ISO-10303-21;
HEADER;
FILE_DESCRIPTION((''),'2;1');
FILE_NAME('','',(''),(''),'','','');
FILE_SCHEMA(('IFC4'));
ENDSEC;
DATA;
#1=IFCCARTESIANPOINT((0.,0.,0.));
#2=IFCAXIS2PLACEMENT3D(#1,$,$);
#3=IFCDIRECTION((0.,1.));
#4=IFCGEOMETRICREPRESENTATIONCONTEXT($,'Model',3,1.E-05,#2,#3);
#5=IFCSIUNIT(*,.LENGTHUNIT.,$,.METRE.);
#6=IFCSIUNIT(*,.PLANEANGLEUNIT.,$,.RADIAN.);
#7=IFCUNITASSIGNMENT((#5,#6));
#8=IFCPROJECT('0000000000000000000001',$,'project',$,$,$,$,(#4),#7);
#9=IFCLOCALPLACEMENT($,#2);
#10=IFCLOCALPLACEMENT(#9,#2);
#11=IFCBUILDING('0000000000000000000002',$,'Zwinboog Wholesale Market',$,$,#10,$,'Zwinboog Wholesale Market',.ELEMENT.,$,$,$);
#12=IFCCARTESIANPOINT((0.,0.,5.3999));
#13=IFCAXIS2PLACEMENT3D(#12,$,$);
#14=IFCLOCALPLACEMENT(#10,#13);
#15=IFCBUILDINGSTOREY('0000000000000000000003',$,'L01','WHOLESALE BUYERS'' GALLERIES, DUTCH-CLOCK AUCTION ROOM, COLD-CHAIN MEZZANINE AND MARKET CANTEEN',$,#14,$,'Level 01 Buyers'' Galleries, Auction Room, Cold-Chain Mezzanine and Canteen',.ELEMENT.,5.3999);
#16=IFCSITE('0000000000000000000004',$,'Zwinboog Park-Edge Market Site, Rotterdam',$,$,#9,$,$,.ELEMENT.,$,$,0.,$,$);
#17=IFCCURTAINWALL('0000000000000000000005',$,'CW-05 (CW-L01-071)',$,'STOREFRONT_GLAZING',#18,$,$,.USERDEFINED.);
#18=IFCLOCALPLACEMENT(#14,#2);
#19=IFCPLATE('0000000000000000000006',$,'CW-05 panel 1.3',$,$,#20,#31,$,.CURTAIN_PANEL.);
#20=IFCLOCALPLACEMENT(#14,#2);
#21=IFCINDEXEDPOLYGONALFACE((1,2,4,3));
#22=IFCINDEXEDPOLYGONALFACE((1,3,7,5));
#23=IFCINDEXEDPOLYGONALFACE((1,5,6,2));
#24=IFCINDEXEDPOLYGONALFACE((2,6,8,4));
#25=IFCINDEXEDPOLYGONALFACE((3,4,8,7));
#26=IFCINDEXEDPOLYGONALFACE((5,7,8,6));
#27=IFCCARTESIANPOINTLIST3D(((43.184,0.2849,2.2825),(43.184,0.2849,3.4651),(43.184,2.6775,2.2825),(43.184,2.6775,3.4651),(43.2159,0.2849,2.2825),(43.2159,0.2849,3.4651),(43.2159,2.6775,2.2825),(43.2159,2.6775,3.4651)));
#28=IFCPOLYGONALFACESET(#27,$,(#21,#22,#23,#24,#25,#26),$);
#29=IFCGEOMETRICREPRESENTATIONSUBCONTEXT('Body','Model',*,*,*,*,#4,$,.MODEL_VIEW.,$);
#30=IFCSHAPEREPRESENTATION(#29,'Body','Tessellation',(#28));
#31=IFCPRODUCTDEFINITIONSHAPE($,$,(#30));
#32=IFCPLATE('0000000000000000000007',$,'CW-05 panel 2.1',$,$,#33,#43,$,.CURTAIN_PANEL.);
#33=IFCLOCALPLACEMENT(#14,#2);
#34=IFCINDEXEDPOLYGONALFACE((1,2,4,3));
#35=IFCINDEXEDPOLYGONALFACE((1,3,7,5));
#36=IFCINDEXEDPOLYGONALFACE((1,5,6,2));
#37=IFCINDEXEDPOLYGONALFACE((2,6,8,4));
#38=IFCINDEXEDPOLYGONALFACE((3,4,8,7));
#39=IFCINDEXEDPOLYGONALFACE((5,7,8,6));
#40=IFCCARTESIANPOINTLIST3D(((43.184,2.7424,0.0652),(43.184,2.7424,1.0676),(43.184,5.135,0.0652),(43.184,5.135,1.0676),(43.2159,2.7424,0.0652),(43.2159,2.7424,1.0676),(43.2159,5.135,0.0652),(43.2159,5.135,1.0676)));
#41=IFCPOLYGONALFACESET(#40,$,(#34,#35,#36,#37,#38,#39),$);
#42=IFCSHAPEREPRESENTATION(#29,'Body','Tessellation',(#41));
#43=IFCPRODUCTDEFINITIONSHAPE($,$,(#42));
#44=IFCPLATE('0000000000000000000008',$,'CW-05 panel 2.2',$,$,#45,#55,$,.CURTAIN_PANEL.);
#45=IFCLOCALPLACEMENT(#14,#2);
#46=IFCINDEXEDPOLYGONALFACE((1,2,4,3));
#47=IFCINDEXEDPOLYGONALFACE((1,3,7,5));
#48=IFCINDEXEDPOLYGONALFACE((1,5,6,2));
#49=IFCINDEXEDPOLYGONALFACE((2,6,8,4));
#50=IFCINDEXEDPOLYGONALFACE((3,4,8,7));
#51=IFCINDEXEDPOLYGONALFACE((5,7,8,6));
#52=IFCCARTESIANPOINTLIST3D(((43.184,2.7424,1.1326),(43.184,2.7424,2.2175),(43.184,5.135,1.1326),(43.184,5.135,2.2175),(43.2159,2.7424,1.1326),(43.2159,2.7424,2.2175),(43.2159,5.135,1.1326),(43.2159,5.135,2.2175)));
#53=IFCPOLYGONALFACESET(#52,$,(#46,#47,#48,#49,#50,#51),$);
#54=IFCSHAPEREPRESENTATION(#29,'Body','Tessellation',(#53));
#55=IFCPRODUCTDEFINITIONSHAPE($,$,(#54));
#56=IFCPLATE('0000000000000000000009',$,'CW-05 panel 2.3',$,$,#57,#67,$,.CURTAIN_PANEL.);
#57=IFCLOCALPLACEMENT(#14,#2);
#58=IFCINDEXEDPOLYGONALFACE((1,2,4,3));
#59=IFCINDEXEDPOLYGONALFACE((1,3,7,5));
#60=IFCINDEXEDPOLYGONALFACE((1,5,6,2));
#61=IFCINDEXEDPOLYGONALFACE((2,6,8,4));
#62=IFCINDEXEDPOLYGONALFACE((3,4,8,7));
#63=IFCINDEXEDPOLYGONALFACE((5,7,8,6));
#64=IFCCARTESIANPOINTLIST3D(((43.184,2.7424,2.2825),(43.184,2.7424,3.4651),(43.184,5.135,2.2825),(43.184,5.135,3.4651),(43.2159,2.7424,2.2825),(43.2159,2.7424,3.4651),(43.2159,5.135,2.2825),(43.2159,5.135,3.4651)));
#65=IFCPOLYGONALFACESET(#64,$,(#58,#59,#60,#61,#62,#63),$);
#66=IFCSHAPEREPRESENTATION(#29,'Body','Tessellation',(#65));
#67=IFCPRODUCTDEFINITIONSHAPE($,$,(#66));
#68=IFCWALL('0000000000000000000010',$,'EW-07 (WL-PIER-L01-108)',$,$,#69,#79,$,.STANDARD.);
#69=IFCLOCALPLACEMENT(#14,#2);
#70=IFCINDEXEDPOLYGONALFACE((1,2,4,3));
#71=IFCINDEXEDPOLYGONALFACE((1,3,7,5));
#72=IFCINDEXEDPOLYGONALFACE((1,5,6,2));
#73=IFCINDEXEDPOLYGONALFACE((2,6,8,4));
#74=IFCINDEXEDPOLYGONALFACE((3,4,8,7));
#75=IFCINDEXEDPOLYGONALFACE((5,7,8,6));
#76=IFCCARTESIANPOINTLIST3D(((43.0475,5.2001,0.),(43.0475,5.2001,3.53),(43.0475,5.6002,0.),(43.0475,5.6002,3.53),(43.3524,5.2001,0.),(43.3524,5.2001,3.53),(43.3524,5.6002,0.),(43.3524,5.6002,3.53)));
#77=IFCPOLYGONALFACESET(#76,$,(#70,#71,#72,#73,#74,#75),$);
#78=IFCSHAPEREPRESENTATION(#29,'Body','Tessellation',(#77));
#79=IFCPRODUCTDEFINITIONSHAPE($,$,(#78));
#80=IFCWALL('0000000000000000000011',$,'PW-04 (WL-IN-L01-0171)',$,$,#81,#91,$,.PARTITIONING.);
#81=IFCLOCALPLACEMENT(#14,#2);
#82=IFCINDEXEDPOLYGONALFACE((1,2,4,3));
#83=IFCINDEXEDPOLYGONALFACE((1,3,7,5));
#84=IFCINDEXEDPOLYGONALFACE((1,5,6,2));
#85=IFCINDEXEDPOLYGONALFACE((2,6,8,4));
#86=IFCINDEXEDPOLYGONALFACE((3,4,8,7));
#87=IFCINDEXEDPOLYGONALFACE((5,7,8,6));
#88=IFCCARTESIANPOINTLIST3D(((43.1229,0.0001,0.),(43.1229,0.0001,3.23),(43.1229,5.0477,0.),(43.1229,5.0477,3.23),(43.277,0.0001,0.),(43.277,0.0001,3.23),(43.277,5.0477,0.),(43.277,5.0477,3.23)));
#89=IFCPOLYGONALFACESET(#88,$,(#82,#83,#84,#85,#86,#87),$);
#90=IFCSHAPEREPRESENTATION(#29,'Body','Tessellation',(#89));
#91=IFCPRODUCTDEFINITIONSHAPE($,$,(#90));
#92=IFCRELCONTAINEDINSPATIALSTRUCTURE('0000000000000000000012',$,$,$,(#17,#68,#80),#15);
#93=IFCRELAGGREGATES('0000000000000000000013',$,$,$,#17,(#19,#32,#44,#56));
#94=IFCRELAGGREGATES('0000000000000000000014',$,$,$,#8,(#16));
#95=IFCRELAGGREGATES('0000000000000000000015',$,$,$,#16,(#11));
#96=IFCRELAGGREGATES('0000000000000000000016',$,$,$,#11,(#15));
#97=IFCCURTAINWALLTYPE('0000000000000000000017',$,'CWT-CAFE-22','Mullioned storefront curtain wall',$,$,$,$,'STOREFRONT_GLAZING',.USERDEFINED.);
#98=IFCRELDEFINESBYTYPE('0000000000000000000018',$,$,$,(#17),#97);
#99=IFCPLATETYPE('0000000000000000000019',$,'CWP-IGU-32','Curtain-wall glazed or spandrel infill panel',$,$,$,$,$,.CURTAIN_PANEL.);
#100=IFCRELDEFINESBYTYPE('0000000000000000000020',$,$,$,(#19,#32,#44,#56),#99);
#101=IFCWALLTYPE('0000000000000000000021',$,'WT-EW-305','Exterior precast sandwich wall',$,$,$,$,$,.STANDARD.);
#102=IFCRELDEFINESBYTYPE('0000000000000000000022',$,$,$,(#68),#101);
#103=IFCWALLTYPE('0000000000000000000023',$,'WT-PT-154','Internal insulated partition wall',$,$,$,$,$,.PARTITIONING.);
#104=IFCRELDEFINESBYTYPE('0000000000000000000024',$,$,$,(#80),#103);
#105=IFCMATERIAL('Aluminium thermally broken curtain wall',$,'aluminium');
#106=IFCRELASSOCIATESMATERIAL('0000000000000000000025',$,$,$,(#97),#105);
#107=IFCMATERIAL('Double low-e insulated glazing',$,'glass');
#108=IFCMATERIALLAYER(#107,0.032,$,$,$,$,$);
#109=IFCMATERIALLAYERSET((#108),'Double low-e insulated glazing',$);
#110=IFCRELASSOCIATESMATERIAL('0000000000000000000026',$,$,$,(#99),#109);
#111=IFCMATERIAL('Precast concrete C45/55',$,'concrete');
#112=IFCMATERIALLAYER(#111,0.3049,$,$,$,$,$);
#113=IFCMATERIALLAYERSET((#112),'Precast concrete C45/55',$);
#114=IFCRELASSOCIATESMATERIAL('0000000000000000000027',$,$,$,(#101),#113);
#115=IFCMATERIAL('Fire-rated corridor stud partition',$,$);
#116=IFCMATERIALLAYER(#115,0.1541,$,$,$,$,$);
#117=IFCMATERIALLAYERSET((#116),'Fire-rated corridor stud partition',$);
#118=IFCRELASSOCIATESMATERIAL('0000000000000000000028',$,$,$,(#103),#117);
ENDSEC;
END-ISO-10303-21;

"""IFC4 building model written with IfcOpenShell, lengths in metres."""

from ifc_helpers import new_model, si_unit, direction, frame, frame_2d, origin, origin_2d, place, context, subcontext, project, spatial, rectangle, extrude, material, layer, layer_set, type_object, element, aggregate, save


model = new_model("IFC4")

# Units and contexts
model_context = context("Model", 3, precision=1e-05, world=origin(), true_north=direction((0.0, 1.0)))
body_context = subcontext(model_context, "Body", "Model", "MODEL_VIEW")
ifc_project = project(units=[si_unit("LENGTHUNIT", "METRE"), si_unit("PLANEANGLEUNIT", "RADIAN")], contexts=[model_context])

# Site, building, storey
site_placement = place(None, origin())
site = spatial("IfcSite", under=ifc_project, at=site_placement, Name="Zwinboog Park-Edge Market Site, Rotterdam", CompositionType="ELEMENT", RefElevation=0.0)
building_placement = place(site_placement, origin())
building = spatial("IfcBuilding", under=site, at=building_placement, Name="Zwinboog Wholesale Market", LongName="Zwinboog Wholesale Market", CompositionType="ELEMENT")
storey_placement = place(building_placement, frame((0.0, 0.0, 5.3999)))
storey = spatial("IfcBuildingStorey", under=building, at=storey_placement, Name="L01", Description="WHOLESALE BUYERS' GALLERIES, DUTCH-CLOCK AUCTION ROOM, COLD-CHAIN MEZZANINE AND MARKET CANTEEN", LongName="Level 01 Buyers' Galleries, Auction Room, Cold-Chain Mezzanine and Canteen", CompositionType="ELEMENT", Elevation=5.3999)

# Shared definitions
ifc_material_1 = material(Name="Precast concrete C45/55", Category="concrete")

# Curtain wall, plates
ifc_material_2 = material(Name="Aluminium thermally broken curtain wall", Category="aluminium")
curtain_wall_type = type_object("IfcCurtainWallType", Name="CWT-CAFE-22", Description="Mullioned storefront curtain wall", ElementType="STOREFRONT_GLAZING", PredefinedType="USERDEFINED", material=ifc_material_2)
curtain_wall_placement = place(storey_placement, origin())
curtain_wall = element("IfcCurtainWall", 1, at=curtain_wall_placement, inside=storey, type_object=curtain_wall_type, Name="CW-05 (CW-L01-071)", ObjectType="STOREFRONT_GLAZING", PredefinedType="USERDEFINED")
ifc_material_3 = material(Name="Double low-e insulated glazing", Category="glass")
ifc_layer_1 = layer(ifc_material_3, 0.032)
ifc_layer_set_1 = layer_set([ifc_layer_1], Name="Double low-e insulated glazing")
plate_type = type_object("IfcPlateType", Name="CWP-IGU-32", Description="Curtain-wall glazed or spandrel infill panel", PredefinedType="CURTAIN_PANEL", material=ifc_layer_set_1)
plate_1_placement = place(storey_placement, frame((43.2, 1.4812, 2.2825), z_axis=(0.0, 0.0, 1.0), x_axis=(0.0, 1.0, 0.0)))
plate_1 = element("IfcPlate", 2, at=plate_1_placement, type_object=plate_type, Name="CW-05 panel 1.3", PredefinedType="CURTAIN_PANEL", context=body_context, shape_type="SweptSolid", body=[
    extrude(rectangle(XDim=2.3926, YDim=0.032, at=origin_2d()), origin(), (0.0, 0.0, 1.0), 1.1826),
])
plate_2_placement = place(storey_placement, frame((43.2, 3.9387, 0.0652), z_axis=(0.0, 0.0, 1.0), x_axis=(0.0, 1.0, 0.0)))
plate_2 = element("IfcPlate", 3, at=plate_2_placement, type_object=plate_type, Name="CW-05 panel 2.1", PredefinedType="CURTAIN_PANEL", context=body_context, shape_type="SweptSolid", body=[
    extrude(rectangle(XDim=2.3926, YDim=0.032, at=origin_2d()), origin(), (0.0, 0.0, 1.0), 1.0024),
])
plate_3_placement = place(storey_placement, frame((43.2, 3.9387, 1.1326), z_axis=(0.0, 0.0, 1.0), x_axis=(0.0, 1.0, 0.0)))
plate_3 = element("IfcPlate", 4, at=plate_3_placement, type_object=plate_type, Name="CW-05 panel 2.2", PredefinedType="CURTAIN_PANEL", context=body_context, shape_type="SweptSolid", body=[
    extrude(rectangle(XDim=2.3926, YDim=0.032, at=origin_2d()), origin(), (0.0, 0.0, 1.0), 1.085),
])
plate_4_placement = place(storey_placement, frame((43.2, 3.9387, 2.2825), z_axis=(0.0, 0.0, 1.0), x_axis=(0.0, 1.0, 0.0)))
plate_4 = element("IfcPlate", 5, at=plate_4_placement, type_object=plate_type, Name="CW-05 panel 2.3", PredefinedType="CURTAIN_PANEL", context=body_context, shape_type="SweptSolid", body=[
    extrude(rectangle(XDim=2.3926, YDim=0.032, at=origin_2d()), origin(), (0.0, 0.0, 1.0), 1.1826),
])
aggregate(curtain_wall, [plate_1, plate_2, plate_3, plate_4])

# Walls
ifc_layer_2 = layer(ifc_material_1, 0.3049)
ifc_layer_set_2 = layer_set([ifc_layer_2], Name="Precast concrete C45/55")
wall_type_1 = type_object("IfcWallType", Name="WT-EW-305", Description="Exterior precast sandwich wall", PredefinedType="STANDARD", material=ifc_layer_set_2)
wall_1_placement = place(storey_placement, frame((43.2, 5.2, 0.0), z_axis=(0.0, 0.0, 1.0), x_axis=(0.0, 1.0, 0.0)))
element("IfcWall", 6, at=wall_1_placement, inside=storey, type_object=wall_type_1, Name="EW-07 (WL-PIER-L01-108)", PredefinedType="STANDARD", context=body_context, shape_type="SweptSolid", body=[
    extrude(rectangle(XDim=0.4001, YDim=0.3049, at=frame_2d((0.2002, 0.0))), origin(), (0.0, 0.0, 1.0), 3.53),
])
ifc_material_4 = material(Name="Fire-rated corridor stud partition")
ifc_layer_3 = layer(ifc_material_4, 0.1541)
ifc_layer_set_3 = layer_set([ifc_layer_3], Name="Fire-rated corridor stud partition")
wall_type_2 = type_object("IfcWallType", Name="WT-PT-154", Description="Internal insulated partition wall", PredefinedType="PARTITIONING", material=ifc_layer_set_3)
wall_2_placement = place(storey_placement, frame((43.2, 0.0, 0.0), z_axis=(0.0, 0.0, 1.0), x_axis=(0.0, 1.0, 0.0)))
element("IfcWall", 7, at=wall_2_placement, inside=storey, type_object=wall_type_2, Name="PW-04 (WL-IN-L01-0171)", PredefinedType="PARTITIONING", context=body_context, shape_type="SweptSolid", body=[
    extrude(rectangle(XDim=5.0476, YDim=0.1541, at=frame_2d((2.5239, 0.0))), origin(), (0.0, 0.0, 1.0), 3.23),
])

save(model, "model.ifc")
